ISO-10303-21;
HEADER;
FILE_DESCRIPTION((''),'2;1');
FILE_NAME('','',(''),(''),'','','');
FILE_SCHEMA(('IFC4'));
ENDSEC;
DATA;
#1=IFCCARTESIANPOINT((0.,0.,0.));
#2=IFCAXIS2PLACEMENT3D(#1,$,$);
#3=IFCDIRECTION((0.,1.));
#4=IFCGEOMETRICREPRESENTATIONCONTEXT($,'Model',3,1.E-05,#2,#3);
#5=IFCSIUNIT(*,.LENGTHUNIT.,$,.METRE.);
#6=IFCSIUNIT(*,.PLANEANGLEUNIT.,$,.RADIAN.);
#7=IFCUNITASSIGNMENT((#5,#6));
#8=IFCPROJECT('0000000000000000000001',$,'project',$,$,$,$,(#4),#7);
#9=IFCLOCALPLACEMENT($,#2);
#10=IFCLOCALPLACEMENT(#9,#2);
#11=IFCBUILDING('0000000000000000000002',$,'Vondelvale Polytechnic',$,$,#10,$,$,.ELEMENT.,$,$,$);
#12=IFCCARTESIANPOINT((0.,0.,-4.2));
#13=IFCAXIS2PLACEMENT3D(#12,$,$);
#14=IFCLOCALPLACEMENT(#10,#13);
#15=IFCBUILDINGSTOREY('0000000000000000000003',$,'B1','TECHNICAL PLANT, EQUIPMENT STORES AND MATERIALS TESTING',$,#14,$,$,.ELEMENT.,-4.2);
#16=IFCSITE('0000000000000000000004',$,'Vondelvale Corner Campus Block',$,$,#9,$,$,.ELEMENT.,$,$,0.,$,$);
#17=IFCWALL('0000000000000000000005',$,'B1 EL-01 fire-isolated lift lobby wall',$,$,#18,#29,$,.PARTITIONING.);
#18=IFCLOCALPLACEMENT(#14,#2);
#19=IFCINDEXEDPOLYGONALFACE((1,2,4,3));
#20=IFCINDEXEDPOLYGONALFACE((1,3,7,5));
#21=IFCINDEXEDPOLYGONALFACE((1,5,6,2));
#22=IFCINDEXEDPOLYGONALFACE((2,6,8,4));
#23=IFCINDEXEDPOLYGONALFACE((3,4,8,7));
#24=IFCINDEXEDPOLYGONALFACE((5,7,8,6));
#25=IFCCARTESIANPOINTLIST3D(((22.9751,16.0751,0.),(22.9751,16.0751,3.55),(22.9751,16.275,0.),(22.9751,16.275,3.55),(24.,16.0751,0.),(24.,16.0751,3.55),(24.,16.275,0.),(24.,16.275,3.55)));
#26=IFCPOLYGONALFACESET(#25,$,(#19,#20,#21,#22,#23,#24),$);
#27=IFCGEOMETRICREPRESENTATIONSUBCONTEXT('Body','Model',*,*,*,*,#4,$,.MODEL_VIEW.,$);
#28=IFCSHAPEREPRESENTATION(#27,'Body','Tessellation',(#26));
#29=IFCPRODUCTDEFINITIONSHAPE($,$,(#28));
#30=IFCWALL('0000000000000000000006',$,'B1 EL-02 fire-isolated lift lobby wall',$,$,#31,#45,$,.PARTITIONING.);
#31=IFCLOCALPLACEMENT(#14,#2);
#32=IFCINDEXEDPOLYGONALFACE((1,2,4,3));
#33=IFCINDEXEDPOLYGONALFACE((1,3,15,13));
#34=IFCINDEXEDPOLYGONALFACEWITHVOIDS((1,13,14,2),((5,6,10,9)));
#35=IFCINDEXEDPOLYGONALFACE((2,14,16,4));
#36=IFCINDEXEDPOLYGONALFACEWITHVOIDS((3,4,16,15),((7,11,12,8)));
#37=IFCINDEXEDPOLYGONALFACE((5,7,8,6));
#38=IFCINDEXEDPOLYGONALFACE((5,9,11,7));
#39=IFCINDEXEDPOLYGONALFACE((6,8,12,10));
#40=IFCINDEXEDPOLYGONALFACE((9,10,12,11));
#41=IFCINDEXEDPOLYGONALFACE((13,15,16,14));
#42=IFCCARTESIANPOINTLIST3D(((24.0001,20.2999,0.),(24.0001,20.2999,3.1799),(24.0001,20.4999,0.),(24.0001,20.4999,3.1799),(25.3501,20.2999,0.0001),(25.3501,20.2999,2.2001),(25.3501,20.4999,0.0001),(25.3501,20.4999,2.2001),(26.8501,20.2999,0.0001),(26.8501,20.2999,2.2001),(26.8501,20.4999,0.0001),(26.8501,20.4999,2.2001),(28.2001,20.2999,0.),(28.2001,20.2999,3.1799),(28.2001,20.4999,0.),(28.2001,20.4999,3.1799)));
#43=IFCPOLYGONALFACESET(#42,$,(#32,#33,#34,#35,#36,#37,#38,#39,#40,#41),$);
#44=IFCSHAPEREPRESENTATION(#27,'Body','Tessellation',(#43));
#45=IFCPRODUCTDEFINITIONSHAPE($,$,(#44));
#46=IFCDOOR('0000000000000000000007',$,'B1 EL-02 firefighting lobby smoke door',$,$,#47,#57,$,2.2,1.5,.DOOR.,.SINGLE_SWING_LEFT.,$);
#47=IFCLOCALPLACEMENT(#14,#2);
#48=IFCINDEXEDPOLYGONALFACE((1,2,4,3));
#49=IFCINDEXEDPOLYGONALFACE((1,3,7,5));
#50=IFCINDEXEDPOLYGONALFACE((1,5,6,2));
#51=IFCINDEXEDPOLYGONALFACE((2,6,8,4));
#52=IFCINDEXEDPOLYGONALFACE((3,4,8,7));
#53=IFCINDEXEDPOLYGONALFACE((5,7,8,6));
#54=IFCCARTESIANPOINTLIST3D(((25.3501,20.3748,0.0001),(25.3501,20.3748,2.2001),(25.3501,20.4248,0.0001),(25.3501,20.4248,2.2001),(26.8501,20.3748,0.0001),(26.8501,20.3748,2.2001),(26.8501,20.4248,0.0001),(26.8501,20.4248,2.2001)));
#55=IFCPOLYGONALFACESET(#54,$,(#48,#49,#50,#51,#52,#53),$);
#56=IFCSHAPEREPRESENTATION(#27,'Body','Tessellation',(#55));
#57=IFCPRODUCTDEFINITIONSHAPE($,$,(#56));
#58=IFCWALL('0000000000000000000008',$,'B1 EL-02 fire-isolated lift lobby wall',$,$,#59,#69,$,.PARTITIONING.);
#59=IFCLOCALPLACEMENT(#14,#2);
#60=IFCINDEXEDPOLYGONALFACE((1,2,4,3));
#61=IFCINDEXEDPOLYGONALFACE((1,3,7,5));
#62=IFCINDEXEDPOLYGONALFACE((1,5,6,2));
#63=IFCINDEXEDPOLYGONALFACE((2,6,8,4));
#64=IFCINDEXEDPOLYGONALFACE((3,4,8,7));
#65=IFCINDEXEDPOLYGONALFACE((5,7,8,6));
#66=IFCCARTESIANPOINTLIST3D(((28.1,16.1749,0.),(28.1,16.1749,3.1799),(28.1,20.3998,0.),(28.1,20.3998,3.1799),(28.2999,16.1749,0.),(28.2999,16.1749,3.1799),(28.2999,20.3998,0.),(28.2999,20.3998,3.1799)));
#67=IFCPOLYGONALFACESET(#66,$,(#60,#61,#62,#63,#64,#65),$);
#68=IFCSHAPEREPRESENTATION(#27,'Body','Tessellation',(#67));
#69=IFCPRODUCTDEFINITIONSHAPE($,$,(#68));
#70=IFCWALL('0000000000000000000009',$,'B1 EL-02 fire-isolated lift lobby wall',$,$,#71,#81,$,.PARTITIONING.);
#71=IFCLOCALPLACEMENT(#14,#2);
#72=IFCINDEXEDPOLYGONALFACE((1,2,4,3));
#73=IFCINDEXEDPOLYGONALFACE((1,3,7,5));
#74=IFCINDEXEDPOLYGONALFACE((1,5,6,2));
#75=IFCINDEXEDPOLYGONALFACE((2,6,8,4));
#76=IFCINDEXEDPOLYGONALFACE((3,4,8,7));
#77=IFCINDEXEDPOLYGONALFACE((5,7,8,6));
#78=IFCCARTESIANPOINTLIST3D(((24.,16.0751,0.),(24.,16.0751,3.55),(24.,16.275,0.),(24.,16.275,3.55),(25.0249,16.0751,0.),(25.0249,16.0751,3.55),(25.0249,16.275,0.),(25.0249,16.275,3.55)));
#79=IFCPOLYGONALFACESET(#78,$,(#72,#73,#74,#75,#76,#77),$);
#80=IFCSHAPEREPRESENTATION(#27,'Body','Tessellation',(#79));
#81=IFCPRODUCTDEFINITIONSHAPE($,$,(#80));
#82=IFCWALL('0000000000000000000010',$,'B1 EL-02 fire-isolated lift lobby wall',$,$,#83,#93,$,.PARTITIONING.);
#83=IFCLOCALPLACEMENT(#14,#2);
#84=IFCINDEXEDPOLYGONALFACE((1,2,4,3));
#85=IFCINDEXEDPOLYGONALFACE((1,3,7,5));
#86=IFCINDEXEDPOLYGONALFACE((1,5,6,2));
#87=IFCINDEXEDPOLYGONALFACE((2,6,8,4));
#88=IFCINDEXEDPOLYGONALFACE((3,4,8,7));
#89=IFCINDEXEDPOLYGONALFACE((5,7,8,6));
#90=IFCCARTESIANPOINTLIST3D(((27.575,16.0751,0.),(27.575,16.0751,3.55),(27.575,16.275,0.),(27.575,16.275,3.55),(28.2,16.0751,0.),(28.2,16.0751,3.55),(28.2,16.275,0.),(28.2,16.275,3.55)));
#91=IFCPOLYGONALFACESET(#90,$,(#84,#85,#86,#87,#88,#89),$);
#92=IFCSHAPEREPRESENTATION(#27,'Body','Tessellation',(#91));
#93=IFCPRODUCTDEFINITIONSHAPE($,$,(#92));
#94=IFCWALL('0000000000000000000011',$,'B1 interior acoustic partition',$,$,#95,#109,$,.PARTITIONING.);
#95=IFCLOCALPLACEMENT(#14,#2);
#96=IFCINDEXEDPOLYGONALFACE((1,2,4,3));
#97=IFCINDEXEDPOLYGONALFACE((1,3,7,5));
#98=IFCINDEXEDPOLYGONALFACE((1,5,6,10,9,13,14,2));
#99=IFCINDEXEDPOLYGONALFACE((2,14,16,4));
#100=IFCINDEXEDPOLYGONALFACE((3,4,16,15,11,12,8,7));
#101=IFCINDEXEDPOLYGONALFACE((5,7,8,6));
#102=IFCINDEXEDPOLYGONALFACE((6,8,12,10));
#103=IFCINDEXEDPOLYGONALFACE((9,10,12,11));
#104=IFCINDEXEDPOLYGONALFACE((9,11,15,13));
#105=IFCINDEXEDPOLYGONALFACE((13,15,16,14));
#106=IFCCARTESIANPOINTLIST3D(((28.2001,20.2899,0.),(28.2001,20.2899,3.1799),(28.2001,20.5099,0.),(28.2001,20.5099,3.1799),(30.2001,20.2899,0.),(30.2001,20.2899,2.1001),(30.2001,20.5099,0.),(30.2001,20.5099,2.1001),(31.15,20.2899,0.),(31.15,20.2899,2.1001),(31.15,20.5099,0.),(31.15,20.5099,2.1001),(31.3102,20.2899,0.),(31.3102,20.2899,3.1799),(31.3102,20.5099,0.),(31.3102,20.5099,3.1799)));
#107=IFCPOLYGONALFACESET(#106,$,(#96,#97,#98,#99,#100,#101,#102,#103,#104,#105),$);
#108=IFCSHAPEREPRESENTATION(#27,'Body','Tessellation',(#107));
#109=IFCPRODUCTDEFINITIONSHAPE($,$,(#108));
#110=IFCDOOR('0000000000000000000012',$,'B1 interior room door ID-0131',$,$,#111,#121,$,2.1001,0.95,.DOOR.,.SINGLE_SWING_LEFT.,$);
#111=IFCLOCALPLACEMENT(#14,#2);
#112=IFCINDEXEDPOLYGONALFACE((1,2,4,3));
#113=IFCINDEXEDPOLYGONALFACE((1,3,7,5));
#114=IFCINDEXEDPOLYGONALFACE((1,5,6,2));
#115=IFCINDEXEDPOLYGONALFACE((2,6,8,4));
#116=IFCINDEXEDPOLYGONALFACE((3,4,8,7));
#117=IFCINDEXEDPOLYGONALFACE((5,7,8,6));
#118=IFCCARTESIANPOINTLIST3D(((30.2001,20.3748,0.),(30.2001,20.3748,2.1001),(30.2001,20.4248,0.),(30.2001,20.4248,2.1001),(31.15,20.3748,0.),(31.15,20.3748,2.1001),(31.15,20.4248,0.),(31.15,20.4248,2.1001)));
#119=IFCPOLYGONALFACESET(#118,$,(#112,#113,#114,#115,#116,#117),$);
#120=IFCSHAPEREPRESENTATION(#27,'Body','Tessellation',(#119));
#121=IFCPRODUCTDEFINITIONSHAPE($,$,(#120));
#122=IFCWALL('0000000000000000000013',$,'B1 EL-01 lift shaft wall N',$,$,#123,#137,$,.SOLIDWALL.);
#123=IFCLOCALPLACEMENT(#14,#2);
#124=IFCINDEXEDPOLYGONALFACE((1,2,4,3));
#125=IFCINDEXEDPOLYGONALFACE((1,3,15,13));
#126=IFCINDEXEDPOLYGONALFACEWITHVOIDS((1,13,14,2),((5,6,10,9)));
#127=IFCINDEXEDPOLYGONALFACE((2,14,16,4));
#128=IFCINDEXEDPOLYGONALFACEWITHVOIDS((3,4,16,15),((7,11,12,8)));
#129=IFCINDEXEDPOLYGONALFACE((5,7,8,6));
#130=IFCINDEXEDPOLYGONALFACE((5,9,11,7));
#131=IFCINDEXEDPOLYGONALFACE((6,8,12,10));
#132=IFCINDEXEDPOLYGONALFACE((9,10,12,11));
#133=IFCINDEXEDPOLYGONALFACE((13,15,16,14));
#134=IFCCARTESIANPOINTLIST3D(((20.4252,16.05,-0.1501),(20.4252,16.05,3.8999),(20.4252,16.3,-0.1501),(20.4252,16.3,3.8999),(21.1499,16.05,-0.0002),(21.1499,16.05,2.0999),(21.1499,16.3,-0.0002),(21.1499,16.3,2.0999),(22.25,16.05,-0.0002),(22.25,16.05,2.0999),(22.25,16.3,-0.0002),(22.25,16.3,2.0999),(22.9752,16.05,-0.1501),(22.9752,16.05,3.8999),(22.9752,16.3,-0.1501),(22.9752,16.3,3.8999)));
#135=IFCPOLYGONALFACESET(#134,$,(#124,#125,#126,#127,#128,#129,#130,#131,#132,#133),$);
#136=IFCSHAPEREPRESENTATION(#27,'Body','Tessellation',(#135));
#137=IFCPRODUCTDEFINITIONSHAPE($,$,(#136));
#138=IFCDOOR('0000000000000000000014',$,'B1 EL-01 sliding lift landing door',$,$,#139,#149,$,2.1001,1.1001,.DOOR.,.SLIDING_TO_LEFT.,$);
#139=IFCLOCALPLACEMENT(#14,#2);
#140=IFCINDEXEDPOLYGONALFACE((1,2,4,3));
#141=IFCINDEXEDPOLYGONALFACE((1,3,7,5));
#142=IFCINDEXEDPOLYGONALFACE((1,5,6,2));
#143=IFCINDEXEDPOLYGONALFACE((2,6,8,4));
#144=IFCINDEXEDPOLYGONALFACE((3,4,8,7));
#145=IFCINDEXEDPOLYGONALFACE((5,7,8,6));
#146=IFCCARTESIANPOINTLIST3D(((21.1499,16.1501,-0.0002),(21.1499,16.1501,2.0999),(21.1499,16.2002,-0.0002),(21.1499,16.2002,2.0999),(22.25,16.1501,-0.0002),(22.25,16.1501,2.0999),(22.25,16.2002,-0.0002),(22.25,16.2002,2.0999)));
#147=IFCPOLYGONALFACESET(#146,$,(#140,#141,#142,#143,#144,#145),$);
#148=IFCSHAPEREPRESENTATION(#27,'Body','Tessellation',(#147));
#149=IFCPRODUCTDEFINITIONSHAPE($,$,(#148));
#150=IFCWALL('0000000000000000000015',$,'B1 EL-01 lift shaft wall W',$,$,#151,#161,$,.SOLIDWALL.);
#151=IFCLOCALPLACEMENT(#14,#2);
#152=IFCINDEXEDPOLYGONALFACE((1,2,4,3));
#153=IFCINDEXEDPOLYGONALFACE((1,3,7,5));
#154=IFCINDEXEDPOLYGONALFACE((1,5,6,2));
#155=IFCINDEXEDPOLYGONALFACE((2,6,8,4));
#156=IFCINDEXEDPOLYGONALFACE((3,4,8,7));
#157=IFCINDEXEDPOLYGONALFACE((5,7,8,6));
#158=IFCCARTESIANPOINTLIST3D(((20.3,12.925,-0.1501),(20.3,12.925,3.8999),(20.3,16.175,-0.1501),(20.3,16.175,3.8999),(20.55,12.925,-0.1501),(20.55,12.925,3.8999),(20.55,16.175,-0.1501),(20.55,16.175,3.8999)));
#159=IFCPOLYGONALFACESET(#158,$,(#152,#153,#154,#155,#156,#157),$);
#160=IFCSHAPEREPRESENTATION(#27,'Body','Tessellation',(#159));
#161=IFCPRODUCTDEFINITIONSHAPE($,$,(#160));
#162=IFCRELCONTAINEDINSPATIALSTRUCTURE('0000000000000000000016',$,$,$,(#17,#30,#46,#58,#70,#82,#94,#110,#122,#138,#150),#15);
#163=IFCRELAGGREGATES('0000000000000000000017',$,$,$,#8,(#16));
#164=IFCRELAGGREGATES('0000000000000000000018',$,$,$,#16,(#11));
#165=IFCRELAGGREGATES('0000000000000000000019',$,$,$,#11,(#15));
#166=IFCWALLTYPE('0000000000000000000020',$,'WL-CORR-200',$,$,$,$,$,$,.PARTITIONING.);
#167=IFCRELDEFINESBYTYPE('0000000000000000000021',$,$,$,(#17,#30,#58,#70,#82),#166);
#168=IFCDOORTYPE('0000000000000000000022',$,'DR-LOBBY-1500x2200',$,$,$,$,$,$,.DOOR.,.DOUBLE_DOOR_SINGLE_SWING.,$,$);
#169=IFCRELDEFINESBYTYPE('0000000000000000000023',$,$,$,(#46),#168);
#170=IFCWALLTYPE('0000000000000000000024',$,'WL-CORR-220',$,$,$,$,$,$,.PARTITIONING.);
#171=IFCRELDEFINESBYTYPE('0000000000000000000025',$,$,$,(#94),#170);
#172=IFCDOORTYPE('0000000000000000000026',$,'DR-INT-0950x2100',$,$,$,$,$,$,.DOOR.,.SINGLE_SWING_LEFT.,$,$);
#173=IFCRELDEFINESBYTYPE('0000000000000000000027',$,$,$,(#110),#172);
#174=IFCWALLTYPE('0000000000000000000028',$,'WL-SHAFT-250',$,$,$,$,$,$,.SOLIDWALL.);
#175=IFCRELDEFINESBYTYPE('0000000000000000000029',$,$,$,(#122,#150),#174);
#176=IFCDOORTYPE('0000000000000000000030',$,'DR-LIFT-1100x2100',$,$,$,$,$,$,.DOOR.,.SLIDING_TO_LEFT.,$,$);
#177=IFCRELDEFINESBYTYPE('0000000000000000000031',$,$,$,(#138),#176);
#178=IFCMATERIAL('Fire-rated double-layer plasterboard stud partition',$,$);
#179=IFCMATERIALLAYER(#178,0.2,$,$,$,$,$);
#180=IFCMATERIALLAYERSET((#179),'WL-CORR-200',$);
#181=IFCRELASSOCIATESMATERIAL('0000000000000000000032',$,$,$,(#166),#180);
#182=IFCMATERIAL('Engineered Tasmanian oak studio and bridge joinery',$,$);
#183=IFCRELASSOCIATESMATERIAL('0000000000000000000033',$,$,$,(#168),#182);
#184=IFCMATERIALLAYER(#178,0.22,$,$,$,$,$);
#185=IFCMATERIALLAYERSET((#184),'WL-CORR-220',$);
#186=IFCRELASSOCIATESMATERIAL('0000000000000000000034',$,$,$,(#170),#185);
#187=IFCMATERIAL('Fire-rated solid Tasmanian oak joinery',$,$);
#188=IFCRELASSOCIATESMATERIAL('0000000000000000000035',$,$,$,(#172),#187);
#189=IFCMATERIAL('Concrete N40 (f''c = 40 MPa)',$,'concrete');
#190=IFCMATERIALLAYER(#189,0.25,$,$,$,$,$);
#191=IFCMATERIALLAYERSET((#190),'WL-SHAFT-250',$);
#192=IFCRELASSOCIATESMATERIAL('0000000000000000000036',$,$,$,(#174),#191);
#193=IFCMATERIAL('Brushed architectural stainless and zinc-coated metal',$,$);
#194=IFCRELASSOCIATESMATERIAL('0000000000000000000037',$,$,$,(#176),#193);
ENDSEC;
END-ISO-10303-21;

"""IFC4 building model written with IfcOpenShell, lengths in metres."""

from ifc_helpers import new_model, si_unit, direction, frame, frame_2d, origin, place, context, subcontext, project, spatial, rectangle, extrude, material, layer, layer_set, type_object, element, fill, save


model = new_model("IFC4")

# Units and contexts
model_context = context("Model", 3, precision=1e-05, world=origin(), true_north=direction((0.0, 1.0)))
body_context = subcontext(model_context, "Body", "Model", "MODEL_VIEW")
ifc_project = project(units=[si_unit("LENGTHUNIT", "METRE"), si_unit("PLANEANGLEUNIT", "RADIAN")], contexts=[model_context])

# Site, building, storey
site_placement = place(None, origin())
site = spatial("IfcSite", under=ifc_project, at=site_placement, Name="Vondelvale Corner Campus Block", CompositionType="ELEMENT", RefElevation=0.0)
building_placement = place(site_placement, origin())
building = spatial("IfcBuilding", under=site, at=building_placement, Name="Vondelvale Polytechnic", CompositionType="ELEMENT")
storey_placement = place(building_placement, frame((0.0, 0.0, -4.2)))
storey = spatial("IfcBuildingStorey", under=building, at=storey_placement, Name="B1", Description="TECHNICAL PLANT, EQUIPMENT STORES AND MATERIALS TESTING", CompositionType="ELEMENT", Elevation=-4.2)

# Shared definitions
ifc_material_1 = material(Name="Concrete N40 (f'c = 40 MPa)", Category="concrete")

# Wall
ifc_material_2 = material(Name="Fire-rated double-layer plasterboard stud partition")
ifc_layer_1 = layer(ifc_material_2, 0.2)
ifc_layer_set_1 = layer_set([ifc_layer_1], Name="WL-CORR-200")
wall_type_1 = type_object("IfcWallType", Name="WL-CORR-200", PredefinedType="PARTITIONING", material=ifc_layer_set_1)
wall_1_placement = place(storey_placement, frame((22.9751, 16.175, 0.0), z_axis=(0.0, 0.0, 1.0), x_axis=(1.0, 0.0, 0.0)))
element("IfcWall", 1, at=wall_1_placement, inside=storey, type_object=wall_type_1, Name="B1 EL-01 fire-isolated lift lobby wall", PredefinedType="PARTITIONING", context=body_context, shape_type="SweptSolid", body=[
    extrude(rectangle(XDim=1.0249, YDim=0.2, at=frame_2d((0.5125, 0.0))), origin(), (0.0, 0.0, 1.0), 3.55),
])

# Wall, opening, door
wall_2_placement = place(storey_placement, frame((24.0, 20.3999, 0.0), z_axis=(0.0, 0.0, 1.0), x_axis=(1.0, 0.0, 0.0)))
wall_2 = element("IfcWall", 2, at=wall_2_placement, inside=storey, type_object=wall_type_1, Name="B1 EL-02 fire-isolated lift lobby wall", PredefinedType="PARTITIONING", context=body_context, shape_type="SweptSolid", body=[
    extrude(rectangle(XDim=4.2, YDim=0.2, at=frame_2d((2.1001, 0.0))), origin(), (0.0, 0.0, 1.0), 3.1799),
])
opening_1_placement = place(wall_2_placement, frame((1.3501, 0.0, 0.0)))
opening_1 = element("IfcOpeningElement", 3, at=opening_1_placement, cuts=wall_2, PredefinedType="OPENING", context=body_context, shape_type="SweptSolid", body=[
    extrude(rectangle(XDim=1.5, YDim=2.2, at=frame_2d((0.75, 1.1001))), frame((0.0, 0.1099, 0.0), z_axis=(0.0, -1.0, 0.0), x_axis=(1.0, 0.0, 0.0)), (0.0, 0.0, 1.0), 0.22),
])
ifc_material_3 = material(Name="Engineered Tasmanian oak studio and bridge joinery")
door_type_1 = type_object("IfcDoorType", Name="DR-LOBBY-1500x2200", OperationType="DOUBLE_DOOR_SINGLE_SWING", PredefinedType="DOOR", material=ifc_material_3)
door_1_placement = place(opening_1_placement, origin())
door_1 = element("IfcDoor", 4, at=door_1_placement, inside=storey, type_object=door_type_1, Name="B1 EL-02 firefighting lobby smoke door", OperationType="SINGLE_SWING_LEFT", OverallHeight=2.2, OverallWidth=1.5, PredefinedType="DOOR", context=body_context, shape_type="SweptSolid", body=[
    extrude(rectangle(XDim=1.5, YDim=2.2, at=frame_2d((0.75, 1.1001))), frame((0.0, 0.0249, 0.0), z_axis=(0.0, -1.0, 0.0), x_axis=(1.0, 0.0, 0.0)), (0.0, 0.0, 1.0), 0.05),
])
fill(opening_1, door_1)

# Walls
wall_3_placement = place(storey_placement, frame((28.2, 16.175, 0.0), z_axis=(0.0, 0.0, 1.0), x_axis=(0.0, 1.0, 0.0)))
element("IfcWall", 5, at=wall_3_placement, inside=storey, type_object=wall_type_1, Name="B1 EL-02 fire-isolated lift lobby wall", PredefinedType="PARTITIONING", context=body_context, shape_type="SweptSolid", body=[
    extrude(rectangle(XDim=4.2249, YDim=0.2, at=frame_2d((2.1123, 0.0))), origin(), (0.0, 0.0, 1.0), 3.1799),
])
wall_4_placement = place(storey_placement, frame((24.0, 16.175, 0.0), z_axis=(0.0, 0.0, 1.0), x_axis=(1.0, 0.0, 0.0)))
element("IfcWall", 6, at=wall_4_placement, inside=storey, type_object=wall_type_1, Name="B1 EL-02 fire-isolated lift lobby wall", PredefinedType="PARTITIONING", context=body_context, shape_type="SweptSolid", body=[
    extrude(rectangle(XDim=1.0249, YDim=0.2, at=frame_2d((0.5125, 0.0))), origin(), (0.0, 0.0, 1.0), 3.55),
])
wall_5_placement = place(storey_placement, frame((27.575, 16.175, 0.0), z_axis=(0.0, 0.0, 1.0), x_axis=(1.0, 0.0, 0.0)))
element("IfcWall", 7, at=wall_5_placement, inside=storey, type_object=wall_type_1, Name="B1 EL-02 fire-isolated lift lobby wall", PredefinedType="PARTITIONING", context=body_context, shape_type="SweptSolid", body=[
    extrude(rectangle(XDim=0.625, YDim=0.2, at=frame_2d((0.3125, 0.0))), origin(), (0.0, 0.0, 1.0), 3.55),
])

# Walls, openings, doors
ifc_layer_2 = layer(ifc_material_2, 0.22)
ifc_layer_set_2 = layer_set([ifc_layer_2], Name="WL-CORR-220")
wall_type_2 = type_object("IfcWallType", Name="WL-CORR-220", PredefinedType="PARTITIONING", material=ifc_layer_set_2)
wall_6_placement = place(storey_placement, frame((28.2, 20.3999, 0.0), z_axis=(0.0, 0.0, 1.0), x_axis=(1.0, 0.0, 0.0)))
wall_6 = element("IfcWall", 8, at=wall_6_placement, inside=storey, type_object=wall_type_2, Name="B1 interior acoustic partition", PredefinedType="PARTITIONING", context=body_context, shape_type="SweptSolid", body=[
    extrude(rectangle(XDim=3.1101, YDim=0.22, at=frame_2d((1.5552, 0.0))), origin(), (0.0, 0.0, 1.0), 3.1799),
])
opening_2_placement = place(wall_6_placement, frame((2.0, 0.0, 0.0)))
opening_2 = element("IfcOpeningElement", 9, at=opening_2_placement, cuts=wall_6, PredefinedType="OPENING", context=body_context, shape_type="SweptSolid", body=[
    extrude(rectangle(XDim=0.95, YDim=2.1001, at=frame_2d((0.4751, 1.05))), frame((0.0, 0.1199, 0.0), z_axis=(0.0, -1.0, 0.0), x_axis=(1.0, 0.0, 0.0)), (0.0, 0.0, 1.0), 0.24),
])
ifc_material_4 = material(Name="Fire-rated solid Tasmanian oak joinery")
door_type_2 = type_object("IfcDoorType", Name="DR-INT-0950x2100", OperationType="SINGLE_SWING_LEFT", PredefinedType="DOOR", material=ifc_material_4)
door_2_placement = place(opening_2_placement, origin())
door_2 = element("IfcDoor", 10, at=door_2_placement, inside=storey, type_object=door_type_2, Name="B1 interior room door ID-0131", OperationType="SINGLE_SWING_LEFT", OverallHeight=2.1001, OverallWidth=0.95, PredefinedType="DOOR", context=body_context, shape_type="SweptSolid", body=[
    extrude(rectangle(XDim=0.95, YDim=2.1001, at=frame_2d((0.4751, 1.05))), frame((0.0, 0.0249, 0.0), z_axis=(0.0, -1.0, 0.0), x_axis=(1.0, 0.0, 0.0)), (0.0, 0.0, 1.0), 0.05),
])
fill(opening_2, door_2)
ifc_layer_3 = layer(ifc_material_1, 0.25)
ifc_layer_set_3 = layer_set([ifc_layer_3], Name="WL-SHAFT-250")
wall_type_3 = type_object("IfcWallType", Name="WL-SHAFT-250", PredefinedType="SOLIDWALL", material=ifc_layer_set_3)
wall_7_placement = place(storey_placement, frame((22.9751, 16.175, -0.1501), z_axis=(0.0, 0.0, 1.0), x_axis=(-1.0, 0.0, 0.0)))
wall_7 = element("IfcWall", 11, at=wall_7_placement, inside=storey, type_object=wall_type_3, Name="B1 EL-01 lift shaft wall N", PredefinedType="SOLIDWALL", context=body_context, shape_type="SweptSolid", body=[
    extrude(rectangle(XDim=2.55, YDim=0.25, at=frame_2d((1.2749, 0.0))), origin(), (0.0, 0.0, 1.0), 4.05),
])
opening_3_placement = place(wall_7_placement, frame((0.7251, 0.0, 0.1499)))
opening_3 = element("IfcOpeningElement", 12, at=opening_3_placement, cuts=wall_7, PredefinedType="OPENING", context=body_context, shape_type="SweptSolid", body=[
    extrude(rectangle(XDim=1.1001, YDim=2.1001, at=frame_2d((0.55, 1.05))), frame((0.0, 0.135, 0.0), z_axis=(0.0, -1.0, 0.0), x_axis=(1.0, 0.0, 0.0)), (0.0, 0.0, 1.0), 0.27),
])
ifc_material_5 = material(Name="Brushed architectural stainless and zinc-coated metal")
door_type_3 = type_object("IfcDoorType", Name="DR-LIFT-1100x2100", OperationType="SLIDING_TO_LEFT", PredefinedType="DOOR", material=ifc_material_5)
door_3_placement = place(opening_3_placement, origin())
door_3 = element("IfcDoor", 13, at=door_3_placement, inside=storey, type_object=door_type_3, Name="B1 EL-01 sliding lift landing door", OperationType="SLIDING_TO_LEFT", OverallHeight=2.1001, OverallWidth=1.1001, PredefinedType="DOOR", context=body_context, shape_type="SweptSolid", body=[
    extrude(rectangle(XDim=1.1001, YDim=2.1001, at=frame_2d((0.55, 1.05))), frame((0.0, 0.0249, 0.0), z_axis=(0.0, -1.0, 0.0), x_axis=(1.0, 0.0, 0.0)), (0.0, 0.0, 1.0), 0.05),
])
fill(opening_3, door_3)

# Wall
wall_8_placement = place(storey_placement, frame((20.425, 16.175, -0.1501), z_axis=(0.0, 0.0, 1.0), x_axis=(0.0, -1.0, 0.0)))
element("IfcWall", 14, at=wall_8_placement, inside=storey, type_object=wall_type_3, Name="B1 EL-01 lift shaft wall W", PredefinedType="SOLIDWALL", context=body_context, shape_type="SweptSolid", body=[
    extrude(rectangle(XDim=3.25, YDim=0.25, at=frame_2d((1.625, 0.0))), origin(), (0.0, 0.0, 1.0), 4.05),
])

save(model, "model.ifc")
